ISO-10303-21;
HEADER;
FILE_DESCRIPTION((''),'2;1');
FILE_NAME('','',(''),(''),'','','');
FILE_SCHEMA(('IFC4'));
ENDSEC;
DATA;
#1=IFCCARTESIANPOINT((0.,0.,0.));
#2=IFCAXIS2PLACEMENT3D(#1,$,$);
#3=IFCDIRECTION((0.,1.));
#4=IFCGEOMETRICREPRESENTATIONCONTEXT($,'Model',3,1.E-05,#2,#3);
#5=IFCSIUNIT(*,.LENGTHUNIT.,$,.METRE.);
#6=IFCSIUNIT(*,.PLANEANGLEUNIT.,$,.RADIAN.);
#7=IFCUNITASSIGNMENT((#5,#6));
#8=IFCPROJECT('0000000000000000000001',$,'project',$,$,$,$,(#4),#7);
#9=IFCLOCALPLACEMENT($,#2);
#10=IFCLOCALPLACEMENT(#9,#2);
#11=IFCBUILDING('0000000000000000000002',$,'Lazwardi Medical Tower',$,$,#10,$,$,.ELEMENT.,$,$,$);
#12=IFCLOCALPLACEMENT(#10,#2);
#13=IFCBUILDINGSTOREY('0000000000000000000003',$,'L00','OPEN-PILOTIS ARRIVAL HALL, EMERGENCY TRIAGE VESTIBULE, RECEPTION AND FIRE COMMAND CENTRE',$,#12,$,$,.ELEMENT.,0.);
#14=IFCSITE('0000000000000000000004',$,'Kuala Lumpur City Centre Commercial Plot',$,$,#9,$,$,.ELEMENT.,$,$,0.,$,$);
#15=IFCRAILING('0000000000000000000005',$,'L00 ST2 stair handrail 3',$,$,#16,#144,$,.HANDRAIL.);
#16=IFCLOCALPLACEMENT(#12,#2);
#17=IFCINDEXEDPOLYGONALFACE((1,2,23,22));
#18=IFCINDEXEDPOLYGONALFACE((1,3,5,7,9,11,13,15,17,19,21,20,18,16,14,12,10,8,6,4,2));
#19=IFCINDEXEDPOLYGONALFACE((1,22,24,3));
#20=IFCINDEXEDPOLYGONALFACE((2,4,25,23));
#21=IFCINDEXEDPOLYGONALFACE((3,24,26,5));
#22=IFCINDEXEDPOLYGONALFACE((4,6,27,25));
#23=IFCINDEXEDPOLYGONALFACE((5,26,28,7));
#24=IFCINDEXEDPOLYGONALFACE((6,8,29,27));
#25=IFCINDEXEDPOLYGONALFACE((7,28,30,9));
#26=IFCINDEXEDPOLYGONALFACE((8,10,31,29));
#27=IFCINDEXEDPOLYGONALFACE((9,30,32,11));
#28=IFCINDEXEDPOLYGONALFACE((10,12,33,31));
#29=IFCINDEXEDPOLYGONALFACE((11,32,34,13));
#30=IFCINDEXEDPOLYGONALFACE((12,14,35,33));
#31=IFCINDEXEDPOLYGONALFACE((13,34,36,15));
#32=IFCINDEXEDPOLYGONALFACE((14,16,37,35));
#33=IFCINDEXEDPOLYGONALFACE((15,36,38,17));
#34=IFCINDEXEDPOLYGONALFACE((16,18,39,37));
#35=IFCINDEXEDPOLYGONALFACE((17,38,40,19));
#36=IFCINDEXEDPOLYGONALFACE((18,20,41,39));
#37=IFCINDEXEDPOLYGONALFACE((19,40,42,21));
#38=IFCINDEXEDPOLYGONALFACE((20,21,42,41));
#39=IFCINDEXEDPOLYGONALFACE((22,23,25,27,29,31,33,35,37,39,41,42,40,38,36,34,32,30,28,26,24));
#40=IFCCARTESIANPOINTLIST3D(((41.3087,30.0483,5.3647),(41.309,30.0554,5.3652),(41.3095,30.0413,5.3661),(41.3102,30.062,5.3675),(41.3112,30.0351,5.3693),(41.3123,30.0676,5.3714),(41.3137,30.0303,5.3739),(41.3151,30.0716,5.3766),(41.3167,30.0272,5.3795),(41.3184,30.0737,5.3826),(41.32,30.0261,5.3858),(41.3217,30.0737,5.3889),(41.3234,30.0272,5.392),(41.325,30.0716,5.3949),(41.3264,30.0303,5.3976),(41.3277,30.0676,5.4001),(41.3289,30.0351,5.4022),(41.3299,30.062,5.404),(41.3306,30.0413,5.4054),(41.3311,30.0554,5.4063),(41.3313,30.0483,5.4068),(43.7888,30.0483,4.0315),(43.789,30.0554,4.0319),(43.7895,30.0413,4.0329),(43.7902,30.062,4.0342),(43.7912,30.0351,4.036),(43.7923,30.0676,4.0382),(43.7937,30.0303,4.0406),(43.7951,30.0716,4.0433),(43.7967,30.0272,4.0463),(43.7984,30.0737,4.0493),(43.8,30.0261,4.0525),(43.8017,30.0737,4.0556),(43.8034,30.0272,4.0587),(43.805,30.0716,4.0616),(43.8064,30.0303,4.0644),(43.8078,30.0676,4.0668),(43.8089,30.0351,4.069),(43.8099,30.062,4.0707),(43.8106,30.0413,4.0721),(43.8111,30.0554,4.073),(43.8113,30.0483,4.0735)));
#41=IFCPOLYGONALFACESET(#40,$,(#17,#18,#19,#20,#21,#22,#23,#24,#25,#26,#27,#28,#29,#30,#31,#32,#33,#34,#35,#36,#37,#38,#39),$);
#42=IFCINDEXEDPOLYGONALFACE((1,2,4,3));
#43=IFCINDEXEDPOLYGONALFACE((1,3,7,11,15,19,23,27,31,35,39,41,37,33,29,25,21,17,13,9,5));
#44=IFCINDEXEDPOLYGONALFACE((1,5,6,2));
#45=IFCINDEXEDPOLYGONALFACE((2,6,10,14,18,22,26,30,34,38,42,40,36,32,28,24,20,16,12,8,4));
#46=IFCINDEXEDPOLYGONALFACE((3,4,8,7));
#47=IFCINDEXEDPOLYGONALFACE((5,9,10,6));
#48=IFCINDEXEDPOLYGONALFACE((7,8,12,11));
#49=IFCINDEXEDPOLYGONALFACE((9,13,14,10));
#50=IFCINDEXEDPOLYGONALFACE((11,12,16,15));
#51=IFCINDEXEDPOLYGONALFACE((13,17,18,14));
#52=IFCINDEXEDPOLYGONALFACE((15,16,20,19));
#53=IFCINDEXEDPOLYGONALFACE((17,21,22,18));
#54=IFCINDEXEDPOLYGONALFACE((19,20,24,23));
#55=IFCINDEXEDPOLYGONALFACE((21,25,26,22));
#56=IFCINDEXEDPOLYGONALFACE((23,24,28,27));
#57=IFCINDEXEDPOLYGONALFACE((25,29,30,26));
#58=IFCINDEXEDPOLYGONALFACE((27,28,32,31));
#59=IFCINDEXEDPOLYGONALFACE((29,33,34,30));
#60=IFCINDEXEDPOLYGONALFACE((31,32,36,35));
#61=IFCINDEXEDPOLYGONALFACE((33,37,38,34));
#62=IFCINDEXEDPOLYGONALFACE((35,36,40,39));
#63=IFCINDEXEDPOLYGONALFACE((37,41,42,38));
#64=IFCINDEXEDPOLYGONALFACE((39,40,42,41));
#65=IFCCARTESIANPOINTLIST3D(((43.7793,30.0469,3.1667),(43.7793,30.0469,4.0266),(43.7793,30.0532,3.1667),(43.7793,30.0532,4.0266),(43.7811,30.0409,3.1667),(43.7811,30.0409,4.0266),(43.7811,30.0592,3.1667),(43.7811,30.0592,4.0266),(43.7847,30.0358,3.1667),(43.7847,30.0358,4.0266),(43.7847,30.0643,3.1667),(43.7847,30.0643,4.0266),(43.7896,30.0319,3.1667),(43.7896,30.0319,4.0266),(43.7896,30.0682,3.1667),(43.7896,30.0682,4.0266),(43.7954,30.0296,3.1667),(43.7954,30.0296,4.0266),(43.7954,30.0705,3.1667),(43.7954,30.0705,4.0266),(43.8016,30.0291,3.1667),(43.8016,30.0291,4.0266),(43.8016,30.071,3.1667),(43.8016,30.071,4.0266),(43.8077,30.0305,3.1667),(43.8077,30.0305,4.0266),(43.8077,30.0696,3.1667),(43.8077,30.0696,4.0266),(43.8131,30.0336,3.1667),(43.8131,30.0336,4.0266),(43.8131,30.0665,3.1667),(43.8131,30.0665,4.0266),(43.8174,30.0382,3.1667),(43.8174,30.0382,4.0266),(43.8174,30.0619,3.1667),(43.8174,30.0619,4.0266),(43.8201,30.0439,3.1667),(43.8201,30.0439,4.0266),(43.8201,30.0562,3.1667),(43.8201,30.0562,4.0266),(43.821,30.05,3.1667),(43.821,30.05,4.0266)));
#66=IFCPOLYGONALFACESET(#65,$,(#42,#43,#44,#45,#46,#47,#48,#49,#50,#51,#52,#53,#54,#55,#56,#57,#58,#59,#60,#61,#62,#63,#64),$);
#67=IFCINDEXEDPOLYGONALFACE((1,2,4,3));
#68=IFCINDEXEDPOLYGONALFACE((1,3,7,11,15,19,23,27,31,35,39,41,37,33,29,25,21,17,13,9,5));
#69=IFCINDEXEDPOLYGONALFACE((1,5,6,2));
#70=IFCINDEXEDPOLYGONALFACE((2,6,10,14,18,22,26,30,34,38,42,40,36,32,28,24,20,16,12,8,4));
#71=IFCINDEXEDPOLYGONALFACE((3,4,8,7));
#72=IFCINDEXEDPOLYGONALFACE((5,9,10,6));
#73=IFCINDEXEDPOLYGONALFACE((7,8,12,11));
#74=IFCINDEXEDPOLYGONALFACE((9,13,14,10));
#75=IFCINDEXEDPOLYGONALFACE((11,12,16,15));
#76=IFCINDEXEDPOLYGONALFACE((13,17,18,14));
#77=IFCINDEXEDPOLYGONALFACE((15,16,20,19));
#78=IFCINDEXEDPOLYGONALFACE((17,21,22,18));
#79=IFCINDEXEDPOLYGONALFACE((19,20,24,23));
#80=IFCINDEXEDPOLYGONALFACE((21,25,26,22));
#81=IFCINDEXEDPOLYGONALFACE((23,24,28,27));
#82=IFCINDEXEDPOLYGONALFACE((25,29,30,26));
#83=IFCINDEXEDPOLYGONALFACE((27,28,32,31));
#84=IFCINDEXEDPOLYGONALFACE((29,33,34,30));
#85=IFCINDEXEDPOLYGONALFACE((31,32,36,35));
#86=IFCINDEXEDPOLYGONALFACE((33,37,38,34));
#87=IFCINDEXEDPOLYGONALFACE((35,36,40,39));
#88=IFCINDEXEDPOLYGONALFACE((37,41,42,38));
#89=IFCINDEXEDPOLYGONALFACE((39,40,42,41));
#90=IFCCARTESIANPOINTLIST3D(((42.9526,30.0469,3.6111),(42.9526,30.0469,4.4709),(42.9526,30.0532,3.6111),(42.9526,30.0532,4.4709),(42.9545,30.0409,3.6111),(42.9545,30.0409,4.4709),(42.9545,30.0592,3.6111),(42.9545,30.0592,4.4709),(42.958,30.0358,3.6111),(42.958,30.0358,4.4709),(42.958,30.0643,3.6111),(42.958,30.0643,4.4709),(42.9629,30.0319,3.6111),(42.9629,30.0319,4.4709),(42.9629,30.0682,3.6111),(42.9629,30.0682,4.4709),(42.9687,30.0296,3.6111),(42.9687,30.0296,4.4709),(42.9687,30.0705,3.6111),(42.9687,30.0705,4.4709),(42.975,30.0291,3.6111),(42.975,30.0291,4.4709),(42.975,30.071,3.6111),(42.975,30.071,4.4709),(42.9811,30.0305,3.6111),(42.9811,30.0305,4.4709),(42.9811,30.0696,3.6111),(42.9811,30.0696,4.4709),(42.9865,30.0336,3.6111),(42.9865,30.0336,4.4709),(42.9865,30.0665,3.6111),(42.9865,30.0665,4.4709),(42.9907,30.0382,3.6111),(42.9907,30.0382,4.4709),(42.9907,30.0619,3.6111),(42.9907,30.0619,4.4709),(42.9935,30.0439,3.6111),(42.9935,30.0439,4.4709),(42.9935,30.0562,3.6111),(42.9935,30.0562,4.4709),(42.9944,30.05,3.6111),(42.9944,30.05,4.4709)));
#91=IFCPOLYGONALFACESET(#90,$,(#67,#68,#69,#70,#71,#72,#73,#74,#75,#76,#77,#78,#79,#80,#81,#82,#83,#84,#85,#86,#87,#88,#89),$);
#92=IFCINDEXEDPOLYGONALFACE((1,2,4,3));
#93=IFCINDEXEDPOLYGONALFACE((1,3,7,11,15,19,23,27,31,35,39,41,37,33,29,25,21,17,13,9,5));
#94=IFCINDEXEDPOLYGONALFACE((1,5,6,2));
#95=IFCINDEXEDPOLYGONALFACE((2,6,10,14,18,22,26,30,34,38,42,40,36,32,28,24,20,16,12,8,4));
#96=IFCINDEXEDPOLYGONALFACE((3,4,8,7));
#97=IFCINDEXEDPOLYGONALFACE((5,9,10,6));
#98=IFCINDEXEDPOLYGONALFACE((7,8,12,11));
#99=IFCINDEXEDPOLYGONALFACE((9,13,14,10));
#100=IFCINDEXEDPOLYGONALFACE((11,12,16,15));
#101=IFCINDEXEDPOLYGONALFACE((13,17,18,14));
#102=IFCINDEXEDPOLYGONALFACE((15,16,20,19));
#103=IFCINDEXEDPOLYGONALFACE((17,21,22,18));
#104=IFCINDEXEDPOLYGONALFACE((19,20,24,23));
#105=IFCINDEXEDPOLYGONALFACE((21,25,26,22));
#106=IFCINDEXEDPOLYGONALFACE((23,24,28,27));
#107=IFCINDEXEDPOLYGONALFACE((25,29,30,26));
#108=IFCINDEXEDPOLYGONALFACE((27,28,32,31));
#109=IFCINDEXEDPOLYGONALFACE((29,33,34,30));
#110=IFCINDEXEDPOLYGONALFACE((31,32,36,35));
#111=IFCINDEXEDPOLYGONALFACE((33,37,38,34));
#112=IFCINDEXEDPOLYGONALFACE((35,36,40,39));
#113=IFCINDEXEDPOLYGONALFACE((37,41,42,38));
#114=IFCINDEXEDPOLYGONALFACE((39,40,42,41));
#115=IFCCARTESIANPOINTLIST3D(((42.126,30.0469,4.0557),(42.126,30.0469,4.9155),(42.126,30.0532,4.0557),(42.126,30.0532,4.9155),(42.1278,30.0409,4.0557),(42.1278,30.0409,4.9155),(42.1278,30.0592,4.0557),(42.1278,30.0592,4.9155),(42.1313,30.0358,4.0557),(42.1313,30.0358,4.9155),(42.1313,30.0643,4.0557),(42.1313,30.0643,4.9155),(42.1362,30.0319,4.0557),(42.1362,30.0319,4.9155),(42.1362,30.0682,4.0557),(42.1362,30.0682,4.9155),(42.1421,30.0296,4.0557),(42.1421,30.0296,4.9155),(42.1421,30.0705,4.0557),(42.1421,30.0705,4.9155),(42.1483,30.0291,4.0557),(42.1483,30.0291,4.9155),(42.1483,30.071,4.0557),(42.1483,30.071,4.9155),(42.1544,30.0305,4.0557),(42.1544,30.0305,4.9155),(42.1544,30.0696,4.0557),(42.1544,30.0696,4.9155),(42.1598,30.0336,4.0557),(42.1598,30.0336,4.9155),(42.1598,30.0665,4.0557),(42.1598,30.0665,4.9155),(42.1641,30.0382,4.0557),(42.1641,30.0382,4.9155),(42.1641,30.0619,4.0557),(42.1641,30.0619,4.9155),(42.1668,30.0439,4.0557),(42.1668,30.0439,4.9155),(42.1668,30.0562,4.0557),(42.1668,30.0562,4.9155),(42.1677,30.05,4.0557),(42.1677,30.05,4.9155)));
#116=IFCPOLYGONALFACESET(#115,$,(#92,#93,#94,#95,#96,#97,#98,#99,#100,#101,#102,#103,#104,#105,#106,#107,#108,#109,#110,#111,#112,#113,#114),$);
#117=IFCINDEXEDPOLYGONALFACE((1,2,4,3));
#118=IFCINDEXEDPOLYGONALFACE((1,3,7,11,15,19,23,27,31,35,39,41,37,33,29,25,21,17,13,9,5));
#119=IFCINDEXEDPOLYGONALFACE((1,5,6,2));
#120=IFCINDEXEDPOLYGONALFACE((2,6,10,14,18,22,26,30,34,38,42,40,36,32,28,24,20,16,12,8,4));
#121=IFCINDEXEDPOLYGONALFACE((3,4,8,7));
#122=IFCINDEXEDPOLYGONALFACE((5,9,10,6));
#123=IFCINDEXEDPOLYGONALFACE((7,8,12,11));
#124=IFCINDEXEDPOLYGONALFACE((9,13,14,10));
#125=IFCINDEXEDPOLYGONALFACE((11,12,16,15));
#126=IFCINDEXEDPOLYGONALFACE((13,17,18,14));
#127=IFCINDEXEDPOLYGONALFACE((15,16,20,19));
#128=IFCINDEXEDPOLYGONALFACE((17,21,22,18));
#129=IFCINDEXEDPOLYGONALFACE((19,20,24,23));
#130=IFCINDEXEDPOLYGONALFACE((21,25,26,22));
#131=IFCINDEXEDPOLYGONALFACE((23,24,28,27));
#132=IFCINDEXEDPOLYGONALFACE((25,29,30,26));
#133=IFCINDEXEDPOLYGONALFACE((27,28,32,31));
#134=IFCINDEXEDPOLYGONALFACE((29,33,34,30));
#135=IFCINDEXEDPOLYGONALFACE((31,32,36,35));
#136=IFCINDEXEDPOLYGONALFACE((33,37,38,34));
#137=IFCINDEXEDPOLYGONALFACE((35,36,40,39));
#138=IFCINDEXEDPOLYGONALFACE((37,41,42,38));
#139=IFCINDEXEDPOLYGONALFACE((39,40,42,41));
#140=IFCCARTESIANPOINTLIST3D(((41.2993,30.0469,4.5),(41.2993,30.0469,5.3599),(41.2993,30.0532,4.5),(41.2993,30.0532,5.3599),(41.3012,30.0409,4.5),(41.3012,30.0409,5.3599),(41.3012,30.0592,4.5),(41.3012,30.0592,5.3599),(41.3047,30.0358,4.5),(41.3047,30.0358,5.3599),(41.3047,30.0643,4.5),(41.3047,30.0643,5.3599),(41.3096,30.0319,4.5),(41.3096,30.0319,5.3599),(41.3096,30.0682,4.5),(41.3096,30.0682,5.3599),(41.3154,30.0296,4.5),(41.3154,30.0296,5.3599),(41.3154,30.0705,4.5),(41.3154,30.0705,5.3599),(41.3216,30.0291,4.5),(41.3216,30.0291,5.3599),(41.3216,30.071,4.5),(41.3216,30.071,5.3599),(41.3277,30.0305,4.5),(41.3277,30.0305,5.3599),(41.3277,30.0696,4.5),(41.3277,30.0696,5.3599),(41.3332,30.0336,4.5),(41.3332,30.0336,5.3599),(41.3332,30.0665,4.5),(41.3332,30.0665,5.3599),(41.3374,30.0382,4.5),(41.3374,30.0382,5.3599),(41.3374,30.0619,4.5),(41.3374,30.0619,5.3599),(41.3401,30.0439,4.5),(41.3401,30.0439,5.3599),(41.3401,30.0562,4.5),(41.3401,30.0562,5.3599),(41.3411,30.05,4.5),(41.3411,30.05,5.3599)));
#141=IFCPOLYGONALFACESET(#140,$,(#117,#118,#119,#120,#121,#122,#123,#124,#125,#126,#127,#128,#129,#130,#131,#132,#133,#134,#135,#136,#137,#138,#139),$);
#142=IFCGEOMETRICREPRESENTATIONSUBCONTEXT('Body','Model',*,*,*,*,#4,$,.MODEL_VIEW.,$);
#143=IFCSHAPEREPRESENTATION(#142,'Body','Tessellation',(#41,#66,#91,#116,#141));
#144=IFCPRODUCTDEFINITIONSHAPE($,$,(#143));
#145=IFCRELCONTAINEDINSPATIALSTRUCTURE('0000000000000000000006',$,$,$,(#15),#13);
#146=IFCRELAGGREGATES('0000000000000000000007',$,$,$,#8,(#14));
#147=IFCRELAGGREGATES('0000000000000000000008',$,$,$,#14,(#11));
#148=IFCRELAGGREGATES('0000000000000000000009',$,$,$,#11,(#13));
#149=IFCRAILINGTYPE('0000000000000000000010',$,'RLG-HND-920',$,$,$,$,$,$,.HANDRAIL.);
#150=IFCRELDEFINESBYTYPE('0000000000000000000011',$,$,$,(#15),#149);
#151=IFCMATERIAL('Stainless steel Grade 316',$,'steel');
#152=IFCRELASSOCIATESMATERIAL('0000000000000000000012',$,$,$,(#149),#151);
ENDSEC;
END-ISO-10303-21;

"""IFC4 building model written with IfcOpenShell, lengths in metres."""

from ifc_helpers import new_model, si_unit, direction, frame, origin, origin_2d, place, context, subcontext, project, spatial, circle, extrude, material, type_object, element, save


model = new_model("IFC4")

# Units and contexts
model_context = context("Model", 3, precision=1e-05, world=origin(), true_north=direction((0.0, 1.0)))
body_context = subcontext(model_context, "Body", "Model", "MODEL_VIEW")
ifc_project = project(units=[si_unit("LENGTHUNIT", "METRE"), si_unit("PLANEANGLEUNIT", "RADIAN")], contexts=[model_context])

# Site, building, storey
site_placement = place(None, origin())
site = spatial("IfcSite", under=ifc_project, at=site_placement, Name="Kuala Lumpur City Centre Commercial Plot", CompositionType="ELEMENT", RefElevation=0.0)
building_placement = place(site_placement, origin())
building = spatial("IfcBuilding", under=site, at=building_placement, Name="Lazwardi Medical Tower", CompositionType="ELEMENT")
storey_placement = place(building_placement, origin())
storey = spatial("IfcBuildingStorey", under=building, at=storey_placement, Name="L00", Description="OPEN-PILOTIS ARRIVAL HALL, EMERGENCY TRIAGE VESTIBULE, RECEPTION AND FIRE COMMAND CENTRE", CompositionType="ELEMENT", Elevation=0.0)

# Railing
ifc_material_1 = material(Name="Stainless steel Grade 316", Category="steel")
railing_type_1 = type_object("IfcRailingType", Name="RLG-HND-920", PredefinedType="HANDRAIL", material=ifc_material_1)
for number, where, name in (
    (1, (43.8, 30.05, 3.1667), "L00 ST2 stair handrail 3"),
):
    element("IfcRailing", number, at=place(storey_placement, frame(where)), inside=storey, type_object=railing_type_1, Name=name, PredefinedType="HANDRAIL", context=body_context, shape_type="SweptSolid", body=[
        extrude(circle(Radius=0.0239, at=origin_2d()), frame((0.0, 0.0, 0.8857), z_axis=(-0.880786, 0.0, 0.473515), x_axis=(0.0, -1.0, 0.0)), (0.0, 0.0, 1.0), 2.8157),
        extrude(circle(Radius=0.021, at=origin_2d()), origin(), (0.0, 0.0, 1.0), 0.8599),
        extrude(circle(Radius=0.021, at=origin_2d()), frame((-0.8267, 0.0, 0.4443)), (0.0, 0.0, 1.0), 0.8599),
        extrude(circle(Radius=0.021, at=origin_2d()), frame((-1.6533, 0.0, 0.8889)), (0.0, 0.0, 1.0), 0.8599),
        extrude(circle(Radius=0.021, at=origin_2d()), frame((-2.48, 0.0, 1.3333)), (0.0, 0.0, 1.0), 0.8599),
    ])

save(model, "model.ifc")
